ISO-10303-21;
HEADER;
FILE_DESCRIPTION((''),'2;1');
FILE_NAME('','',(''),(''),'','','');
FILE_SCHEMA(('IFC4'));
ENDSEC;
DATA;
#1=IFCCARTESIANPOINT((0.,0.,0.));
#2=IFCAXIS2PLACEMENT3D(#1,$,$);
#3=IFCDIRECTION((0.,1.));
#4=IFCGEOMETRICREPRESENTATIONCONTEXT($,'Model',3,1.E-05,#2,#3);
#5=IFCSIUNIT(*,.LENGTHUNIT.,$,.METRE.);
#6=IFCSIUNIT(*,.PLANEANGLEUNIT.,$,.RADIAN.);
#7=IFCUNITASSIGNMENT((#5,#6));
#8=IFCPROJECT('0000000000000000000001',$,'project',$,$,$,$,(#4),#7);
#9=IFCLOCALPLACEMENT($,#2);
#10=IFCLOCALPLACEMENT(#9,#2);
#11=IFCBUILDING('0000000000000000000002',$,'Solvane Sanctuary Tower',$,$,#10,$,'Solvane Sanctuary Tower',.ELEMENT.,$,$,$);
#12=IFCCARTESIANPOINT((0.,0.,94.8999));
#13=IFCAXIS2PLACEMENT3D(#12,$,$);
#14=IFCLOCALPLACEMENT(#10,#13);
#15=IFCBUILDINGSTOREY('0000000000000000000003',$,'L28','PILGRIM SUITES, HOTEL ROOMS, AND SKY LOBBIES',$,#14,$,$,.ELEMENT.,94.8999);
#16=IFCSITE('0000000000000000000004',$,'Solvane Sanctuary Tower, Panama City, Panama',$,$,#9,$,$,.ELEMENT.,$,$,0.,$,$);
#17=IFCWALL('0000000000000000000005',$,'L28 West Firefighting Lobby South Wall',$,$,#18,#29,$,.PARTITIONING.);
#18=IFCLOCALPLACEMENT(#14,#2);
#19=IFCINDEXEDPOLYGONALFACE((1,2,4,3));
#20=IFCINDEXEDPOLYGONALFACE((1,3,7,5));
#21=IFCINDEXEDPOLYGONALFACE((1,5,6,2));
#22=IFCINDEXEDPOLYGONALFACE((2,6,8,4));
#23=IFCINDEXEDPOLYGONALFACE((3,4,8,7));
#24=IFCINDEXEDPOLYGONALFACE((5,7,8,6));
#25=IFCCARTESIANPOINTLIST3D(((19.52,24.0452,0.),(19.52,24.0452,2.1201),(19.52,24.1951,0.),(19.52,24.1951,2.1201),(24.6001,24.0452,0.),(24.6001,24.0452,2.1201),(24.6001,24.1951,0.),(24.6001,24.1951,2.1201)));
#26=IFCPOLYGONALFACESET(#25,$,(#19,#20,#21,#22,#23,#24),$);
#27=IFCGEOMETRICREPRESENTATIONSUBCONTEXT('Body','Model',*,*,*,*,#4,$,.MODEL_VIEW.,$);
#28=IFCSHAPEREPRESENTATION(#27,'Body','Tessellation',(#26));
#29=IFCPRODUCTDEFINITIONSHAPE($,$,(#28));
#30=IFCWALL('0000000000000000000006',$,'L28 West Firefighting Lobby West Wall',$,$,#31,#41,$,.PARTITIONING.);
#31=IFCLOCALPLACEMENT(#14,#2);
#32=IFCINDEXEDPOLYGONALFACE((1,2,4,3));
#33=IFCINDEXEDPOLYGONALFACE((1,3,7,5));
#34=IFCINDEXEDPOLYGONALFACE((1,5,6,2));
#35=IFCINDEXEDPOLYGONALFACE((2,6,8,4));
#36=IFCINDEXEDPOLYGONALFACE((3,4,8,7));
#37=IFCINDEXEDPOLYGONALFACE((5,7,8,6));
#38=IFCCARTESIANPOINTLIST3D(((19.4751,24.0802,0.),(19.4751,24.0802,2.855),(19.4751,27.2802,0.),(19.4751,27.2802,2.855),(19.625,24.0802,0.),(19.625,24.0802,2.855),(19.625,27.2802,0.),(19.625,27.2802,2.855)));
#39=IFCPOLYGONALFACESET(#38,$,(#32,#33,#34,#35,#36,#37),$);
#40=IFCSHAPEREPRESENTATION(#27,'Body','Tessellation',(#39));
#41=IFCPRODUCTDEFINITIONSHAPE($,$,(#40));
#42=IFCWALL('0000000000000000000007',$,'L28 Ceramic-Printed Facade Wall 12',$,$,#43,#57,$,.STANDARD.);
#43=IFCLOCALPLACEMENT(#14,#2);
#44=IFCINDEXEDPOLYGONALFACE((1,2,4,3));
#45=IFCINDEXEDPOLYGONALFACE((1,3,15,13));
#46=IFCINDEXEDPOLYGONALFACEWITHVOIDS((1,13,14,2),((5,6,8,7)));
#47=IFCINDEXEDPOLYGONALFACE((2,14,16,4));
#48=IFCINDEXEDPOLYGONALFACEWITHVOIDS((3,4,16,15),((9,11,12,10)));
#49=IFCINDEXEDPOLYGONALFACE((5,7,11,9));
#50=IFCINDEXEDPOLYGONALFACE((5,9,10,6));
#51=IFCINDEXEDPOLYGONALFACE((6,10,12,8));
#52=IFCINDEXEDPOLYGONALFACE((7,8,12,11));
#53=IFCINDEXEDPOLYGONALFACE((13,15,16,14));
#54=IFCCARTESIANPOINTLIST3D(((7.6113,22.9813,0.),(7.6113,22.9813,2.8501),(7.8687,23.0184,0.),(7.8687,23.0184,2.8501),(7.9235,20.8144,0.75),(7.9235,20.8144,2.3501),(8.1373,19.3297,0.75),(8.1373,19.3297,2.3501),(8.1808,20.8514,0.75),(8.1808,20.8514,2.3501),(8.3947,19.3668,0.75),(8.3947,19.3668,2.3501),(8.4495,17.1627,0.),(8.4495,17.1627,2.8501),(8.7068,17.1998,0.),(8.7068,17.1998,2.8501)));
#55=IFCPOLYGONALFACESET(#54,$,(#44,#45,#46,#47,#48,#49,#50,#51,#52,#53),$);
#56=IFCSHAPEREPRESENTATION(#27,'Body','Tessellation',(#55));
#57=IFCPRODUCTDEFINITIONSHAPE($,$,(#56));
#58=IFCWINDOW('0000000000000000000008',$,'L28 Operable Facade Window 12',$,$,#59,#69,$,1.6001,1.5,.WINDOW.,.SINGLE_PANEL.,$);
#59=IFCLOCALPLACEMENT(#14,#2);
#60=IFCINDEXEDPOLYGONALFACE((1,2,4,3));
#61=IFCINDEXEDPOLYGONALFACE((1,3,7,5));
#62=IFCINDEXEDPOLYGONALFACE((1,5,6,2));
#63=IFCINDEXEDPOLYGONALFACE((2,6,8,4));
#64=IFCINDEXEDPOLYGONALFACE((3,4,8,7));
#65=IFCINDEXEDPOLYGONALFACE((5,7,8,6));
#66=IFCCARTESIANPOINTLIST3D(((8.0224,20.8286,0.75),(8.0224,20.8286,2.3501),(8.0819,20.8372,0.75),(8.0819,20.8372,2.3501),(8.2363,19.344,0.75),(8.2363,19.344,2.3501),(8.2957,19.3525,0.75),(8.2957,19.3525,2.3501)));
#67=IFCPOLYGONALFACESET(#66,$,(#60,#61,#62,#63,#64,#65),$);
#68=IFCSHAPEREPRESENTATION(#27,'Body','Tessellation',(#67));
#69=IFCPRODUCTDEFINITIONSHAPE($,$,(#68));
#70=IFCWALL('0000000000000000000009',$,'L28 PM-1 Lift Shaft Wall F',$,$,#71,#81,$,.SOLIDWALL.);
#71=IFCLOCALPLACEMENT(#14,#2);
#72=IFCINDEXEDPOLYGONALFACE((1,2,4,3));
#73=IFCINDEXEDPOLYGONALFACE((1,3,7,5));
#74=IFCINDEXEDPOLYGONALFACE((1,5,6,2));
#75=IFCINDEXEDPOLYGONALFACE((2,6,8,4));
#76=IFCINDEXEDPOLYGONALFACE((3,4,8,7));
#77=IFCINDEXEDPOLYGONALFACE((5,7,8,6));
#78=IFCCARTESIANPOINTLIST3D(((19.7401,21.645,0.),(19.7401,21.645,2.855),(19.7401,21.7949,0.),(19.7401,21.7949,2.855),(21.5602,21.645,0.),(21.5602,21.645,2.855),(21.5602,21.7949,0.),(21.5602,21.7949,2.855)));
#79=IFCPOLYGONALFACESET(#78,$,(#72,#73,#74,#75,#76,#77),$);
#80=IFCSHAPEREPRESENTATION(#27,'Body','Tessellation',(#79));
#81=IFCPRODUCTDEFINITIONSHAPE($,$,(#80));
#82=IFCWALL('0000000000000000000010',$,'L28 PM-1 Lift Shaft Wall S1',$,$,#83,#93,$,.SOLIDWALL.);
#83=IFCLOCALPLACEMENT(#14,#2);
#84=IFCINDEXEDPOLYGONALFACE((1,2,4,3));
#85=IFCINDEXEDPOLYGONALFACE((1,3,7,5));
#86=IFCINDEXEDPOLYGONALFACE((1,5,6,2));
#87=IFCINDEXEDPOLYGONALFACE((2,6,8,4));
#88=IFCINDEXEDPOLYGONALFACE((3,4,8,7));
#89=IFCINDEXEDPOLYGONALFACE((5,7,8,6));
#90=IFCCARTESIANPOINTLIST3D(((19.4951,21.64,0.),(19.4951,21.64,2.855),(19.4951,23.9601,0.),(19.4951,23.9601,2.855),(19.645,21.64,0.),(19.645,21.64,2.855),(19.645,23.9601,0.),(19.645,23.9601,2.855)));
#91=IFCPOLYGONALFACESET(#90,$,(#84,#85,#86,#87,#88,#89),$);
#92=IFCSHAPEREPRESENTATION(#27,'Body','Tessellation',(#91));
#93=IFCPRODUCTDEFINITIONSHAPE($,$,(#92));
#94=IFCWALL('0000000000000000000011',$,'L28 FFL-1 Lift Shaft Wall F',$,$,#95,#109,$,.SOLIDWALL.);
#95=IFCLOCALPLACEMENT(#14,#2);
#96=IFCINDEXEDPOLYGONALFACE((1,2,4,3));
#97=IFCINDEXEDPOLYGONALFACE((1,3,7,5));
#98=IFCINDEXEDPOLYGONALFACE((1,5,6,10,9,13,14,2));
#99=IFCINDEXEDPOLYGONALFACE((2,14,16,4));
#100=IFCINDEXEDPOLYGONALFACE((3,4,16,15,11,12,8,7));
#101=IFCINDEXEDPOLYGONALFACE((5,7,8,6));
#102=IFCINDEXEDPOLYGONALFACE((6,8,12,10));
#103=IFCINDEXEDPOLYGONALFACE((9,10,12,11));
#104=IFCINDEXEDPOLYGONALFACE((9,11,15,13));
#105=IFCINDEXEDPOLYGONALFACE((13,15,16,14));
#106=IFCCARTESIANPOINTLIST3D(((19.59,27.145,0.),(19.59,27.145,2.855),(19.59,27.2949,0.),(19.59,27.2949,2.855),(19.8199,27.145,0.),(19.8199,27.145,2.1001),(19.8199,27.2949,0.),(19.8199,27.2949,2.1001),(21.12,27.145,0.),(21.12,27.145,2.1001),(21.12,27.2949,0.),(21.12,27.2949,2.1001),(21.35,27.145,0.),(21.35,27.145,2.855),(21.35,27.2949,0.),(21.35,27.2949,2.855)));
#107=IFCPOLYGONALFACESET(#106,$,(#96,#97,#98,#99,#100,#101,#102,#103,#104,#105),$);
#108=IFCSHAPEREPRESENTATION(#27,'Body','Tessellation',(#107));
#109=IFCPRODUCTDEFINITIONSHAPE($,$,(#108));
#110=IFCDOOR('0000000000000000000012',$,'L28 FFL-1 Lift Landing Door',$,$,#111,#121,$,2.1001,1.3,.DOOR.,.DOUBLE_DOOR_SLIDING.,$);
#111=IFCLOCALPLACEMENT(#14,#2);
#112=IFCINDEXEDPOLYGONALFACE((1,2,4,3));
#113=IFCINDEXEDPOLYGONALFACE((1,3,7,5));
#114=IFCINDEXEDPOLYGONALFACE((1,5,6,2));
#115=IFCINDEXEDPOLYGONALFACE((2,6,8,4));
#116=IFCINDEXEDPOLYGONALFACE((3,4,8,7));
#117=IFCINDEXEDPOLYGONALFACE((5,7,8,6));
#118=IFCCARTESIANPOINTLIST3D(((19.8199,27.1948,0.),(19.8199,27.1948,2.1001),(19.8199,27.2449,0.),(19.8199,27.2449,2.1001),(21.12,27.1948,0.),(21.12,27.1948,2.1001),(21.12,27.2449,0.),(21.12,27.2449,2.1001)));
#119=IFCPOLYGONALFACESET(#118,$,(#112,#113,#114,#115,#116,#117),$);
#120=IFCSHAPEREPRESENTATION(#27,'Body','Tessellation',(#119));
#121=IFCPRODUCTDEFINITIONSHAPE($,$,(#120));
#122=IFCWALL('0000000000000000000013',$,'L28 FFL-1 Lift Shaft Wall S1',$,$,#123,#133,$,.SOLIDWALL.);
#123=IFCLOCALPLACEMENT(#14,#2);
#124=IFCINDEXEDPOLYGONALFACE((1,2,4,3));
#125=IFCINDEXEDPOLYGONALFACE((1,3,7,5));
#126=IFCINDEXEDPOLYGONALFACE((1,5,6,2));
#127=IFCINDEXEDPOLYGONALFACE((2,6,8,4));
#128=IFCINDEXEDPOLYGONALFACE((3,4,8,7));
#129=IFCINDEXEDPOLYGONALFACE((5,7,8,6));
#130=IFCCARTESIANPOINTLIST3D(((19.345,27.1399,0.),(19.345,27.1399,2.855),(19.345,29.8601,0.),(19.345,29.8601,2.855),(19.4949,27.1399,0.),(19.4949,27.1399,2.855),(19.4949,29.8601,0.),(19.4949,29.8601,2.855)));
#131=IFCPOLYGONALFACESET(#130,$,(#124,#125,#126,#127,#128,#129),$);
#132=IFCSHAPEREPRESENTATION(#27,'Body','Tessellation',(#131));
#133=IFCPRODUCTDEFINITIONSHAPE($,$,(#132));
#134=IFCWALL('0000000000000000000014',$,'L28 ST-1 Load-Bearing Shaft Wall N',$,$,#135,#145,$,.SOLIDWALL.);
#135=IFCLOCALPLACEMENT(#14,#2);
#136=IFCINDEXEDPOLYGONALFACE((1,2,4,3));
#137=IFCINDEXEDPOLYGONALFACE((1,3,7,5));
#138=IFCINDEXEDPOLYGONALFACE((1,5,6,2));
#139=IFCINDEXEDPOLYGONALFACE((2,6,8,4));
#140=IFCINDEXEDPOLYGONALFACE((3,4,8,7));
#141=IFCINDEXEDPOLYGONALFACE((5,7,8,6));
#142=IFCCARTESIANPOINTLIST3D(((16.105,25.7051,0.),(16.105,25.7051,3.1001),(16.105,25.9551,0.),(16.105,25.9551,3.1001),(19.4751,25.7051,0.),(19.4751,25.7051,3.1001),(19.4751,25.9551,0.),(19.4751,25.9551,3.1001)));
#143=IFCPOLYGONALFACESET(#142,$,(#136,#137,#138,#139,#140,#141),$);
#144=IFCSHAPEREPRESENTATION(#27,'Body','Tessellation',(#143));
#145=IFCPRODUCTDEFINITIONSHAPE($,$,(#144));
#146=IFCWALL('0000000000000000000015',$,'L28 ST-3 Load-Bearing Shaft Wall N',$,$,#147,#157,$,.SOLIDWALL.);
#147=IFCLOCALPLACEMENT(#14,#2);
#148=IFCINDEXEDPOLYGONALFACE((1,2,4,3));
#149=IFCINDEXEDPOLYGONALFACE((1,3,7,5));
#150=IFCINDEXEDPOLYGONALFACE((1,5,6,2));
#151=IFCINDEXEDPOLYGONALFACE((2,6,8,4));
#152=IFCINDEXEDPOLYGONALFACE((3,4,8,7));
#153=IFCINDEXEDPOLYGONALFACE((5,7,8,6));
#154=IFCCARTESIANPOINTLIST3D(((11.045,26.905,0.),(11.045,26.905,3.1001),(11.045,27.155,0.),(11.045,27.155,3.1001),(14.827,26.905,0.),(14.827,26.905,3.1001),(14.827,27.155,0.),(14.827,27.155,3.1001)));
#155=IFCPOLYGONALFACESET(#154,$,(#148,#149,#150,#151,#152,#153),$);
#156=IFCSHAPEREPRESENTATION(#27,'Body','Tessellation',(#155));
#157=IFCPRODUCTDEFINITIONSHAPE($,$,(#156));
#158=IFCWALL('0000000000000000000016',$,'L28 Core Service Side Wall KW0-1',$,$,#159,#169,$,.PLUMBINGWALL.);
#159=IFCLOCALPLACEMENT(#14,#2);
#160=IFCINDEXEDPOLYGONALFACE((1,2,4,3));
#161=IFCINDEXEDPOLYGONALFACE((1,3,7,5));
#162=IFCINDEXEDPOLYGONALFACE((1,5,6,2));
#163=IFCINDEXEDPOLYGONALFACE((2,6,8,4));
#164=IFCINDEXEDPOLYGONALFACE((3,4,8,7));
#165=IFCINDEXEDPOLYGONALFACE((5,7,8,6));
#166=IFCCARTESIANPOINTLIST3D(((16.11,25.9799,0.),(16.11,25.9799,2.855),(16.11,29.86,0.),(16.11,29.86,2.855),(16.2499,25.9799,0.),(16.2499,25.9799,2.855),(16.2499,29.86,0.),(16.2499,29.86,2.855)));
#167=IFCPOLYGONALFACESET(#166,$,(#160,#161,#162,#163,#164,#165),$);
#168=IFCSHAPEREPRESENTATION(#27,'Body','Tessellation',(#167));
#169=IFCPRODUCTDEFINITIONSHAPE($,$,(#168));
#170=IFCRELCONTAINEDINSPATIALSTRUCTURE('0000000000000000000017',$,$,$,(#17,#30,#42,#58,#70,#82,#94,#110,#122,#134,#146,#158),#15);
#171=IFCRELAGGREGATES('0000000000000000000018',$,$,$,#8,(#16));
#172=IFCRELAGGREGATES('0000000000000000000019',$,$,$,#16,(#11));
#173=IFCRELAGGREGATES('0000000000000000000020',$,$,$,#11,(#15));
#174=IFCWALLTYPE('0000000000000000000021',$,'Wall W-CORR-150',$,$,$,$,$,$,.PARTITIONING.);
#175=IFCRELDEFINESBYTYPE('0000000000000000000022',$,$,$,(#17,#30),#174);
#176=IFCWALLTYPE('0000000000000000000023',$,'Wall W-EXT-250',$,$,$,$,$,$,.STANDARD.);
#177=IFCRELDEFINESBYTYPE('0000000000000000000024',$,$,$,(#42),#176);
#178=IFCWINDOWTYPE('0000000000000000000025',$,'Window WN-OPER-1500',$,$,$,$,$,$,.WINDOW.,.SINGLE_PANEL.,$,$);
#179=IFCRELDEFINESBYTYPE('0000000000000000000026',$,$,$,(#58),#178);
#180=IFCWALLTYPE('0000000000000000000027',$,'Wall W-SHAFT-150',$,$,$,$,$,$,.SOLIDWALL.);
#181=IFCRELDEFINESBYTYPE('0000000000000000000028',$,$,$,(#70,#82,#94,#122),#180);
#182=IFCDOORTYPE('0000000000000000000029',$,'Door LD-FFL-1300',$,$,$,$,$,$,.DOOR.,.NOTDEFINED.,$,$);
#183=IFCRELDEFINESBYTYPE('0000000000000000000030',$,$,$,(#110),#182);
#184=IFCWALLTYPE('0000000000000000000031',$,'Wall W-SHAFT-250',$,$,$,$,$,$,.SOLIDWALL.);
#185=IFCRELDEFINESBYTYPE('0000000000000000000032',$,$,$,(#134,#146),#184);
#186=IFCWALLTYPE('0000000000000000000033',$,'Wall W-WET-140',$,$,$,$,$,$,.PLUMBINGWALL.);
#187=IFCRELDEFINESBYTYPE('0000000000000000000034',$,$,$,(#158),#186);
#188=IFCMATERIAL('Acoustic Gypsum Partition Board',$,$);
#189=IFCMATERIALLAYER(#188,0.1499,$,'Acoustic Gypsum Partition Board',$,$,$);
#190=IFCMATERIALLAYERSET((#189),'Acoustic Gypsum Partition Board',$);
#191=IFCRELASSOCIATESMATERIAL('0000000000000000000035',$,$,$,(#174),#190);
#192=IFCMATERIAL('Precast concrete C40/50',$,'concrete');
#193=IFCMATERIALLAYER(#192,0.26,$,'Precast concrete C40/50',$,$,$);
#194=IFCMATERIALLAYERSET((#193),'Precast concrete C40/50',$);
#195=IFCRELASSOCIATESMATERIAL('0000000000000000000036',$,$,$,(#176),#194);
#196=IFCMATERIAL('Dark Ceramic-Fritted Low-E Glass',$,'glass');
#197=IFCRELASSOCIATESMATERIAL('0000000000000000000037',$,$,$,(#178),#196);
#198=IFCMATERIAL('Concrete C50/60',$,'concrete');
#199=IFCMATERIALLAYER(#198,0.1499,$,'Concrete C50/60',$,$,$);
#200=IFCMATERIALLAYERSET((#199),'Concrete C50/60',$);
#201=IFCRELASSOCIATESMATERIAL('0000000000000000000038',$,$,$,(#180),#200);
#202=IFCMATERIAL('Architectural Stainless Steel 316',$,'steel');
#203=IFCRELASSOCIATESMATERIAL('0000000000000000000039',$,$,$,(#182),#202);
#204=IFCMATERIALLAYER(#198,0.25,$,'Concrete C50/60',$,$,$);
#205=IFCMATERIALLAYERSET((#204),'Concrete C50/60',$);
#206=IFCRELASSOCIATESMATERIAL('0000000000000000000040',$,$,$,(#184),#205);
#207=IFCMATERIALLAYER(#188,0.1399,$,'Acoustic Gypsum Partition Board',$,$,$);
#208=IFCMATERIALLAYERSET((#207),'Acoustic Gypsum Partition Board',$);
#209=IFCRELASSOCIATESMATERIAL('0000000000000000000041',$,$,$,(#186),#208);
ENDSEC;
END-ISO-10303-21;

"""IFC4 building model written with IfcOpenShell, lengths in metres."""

from ifc_helpers import new_model, si_unit, direction, frame, frame_2d, origin, place, context, subcontext, project, spatial, rectangle, extrude, material, layer, layer_set, type_object, element, fill, save


model = new_model("IFC4")

# Units and contexts
model_context = context("Model", 3, precision=1e-05, world=origin(), true_north=direction((0.0, 1.0)))
body_context = subcontext(model_context, "Body", "Model", "MODEL_VIEW")
ifc_project = project(units=[si_unit("LENGTHUNIT", "METRE"), si_unit("PLANEANGLEUNIT", "RADIAN")], contexts=[model_context])

# Site, building, storey
site_placement = place(None, origin())
site = spatial("IfcSite", under=ifc_project, at=site_placement, Name="Solvane Sanctuary Tower, Panama City, Panama", CompositionType="ELEMENT", RefElevation=0.0)
building_placement = place(site_placement, origin())
building = spatial("IfcBuilding", under=site, at=building_placement, Name="Solvane Sanctuary Tower", LongName="Solvane Sanctuary Tower", CompositionType="ELEMENT")
storey_placement = place(building_placement, frame((0.0, 0.0, 94.8999)))
storey = spatial("IfcBuildingStorey", under=building, at=storey_placement, Name="L28", Description="PILGRIM SUITES, HOTEL ROOMS, AND SKY LOBBIES", CompositionType="ELEMENT", Elevation=94.8999)

# Walls
ifc_material_1 = material(Name="Acoustic Gypsum Partition Board")
ifc_layer_1 = layer(ifc_material_1, 0.1499, Name="Acoustic Gypsum Partition Board")
ifc_layer_set_1 = layer_set([ifc_layer_1], Name="Acoustic Gypsum Partition Board")
wall_type_1 = type_object("IfcWallType", Name="Wall W-CORR-150", PredefinedType="PARTITIONING", material=ifc_layer_set_1)
wall_1_placement = place(storey_placement, frame((19.52, 24.1201, 0.0), z_axis=(0.0, 0.0, 1.0), x_axis=(1.0, 0.0, 0.0)))
element("IfcWall", 1, at=wall_1_placement, inside=storey, type_object=wall_type_1, Name="L28 West Firefighting Lobby South Wall", PredefinedType="PARTITIONING", context=body_context, shape_type="SweptSolid", body=[
    extrude(rectangle(XDim=5.0801, YDim=0.1499, at=frame_2d((2.54, 0.0))), origin(), (0.0, 0.0, 1.0), 2.1201),
])
wall_2_placement = place(storey_placement, frame((19.55, 24.0801, 0.0), z_axis=(0.0, 0.0, 1.0), x_axis=(0.0, 1.0, 0.0)))
element("IfcWall", 2, at=wall_2_placement, inside=storey, type_object=wall_type_1, Name="L28 West Firefighting Lobby West Wall", PredefinedType="PARTITIONING", context=body_context, shape_type="SweptSolid", body=[
    extrude(rectangle(XDim=3.2, YDim=0.1499, at=frame_2d((1.6001, 0.0))), origin(), (0.0, 0.0, 1.0), 2.855),
])

# Wall, opening, window
ifc_material_2 = material(Name="Precast concrete C40/50", Category="concrete")
ifc_layer_2 = layer(ifc_material_2, 0.26, Name="Precast concrete C40/50")
ifc_layer_set_2 = layer_set([ifc_layer_2], Name="Precast concrete C40/50")
wall_type_2 = type_object("IfcWallType", Name="Wall W-EXT-250", PredefinedType="STANDARD", material=ifc_layer_set_2)
wall_3_placement = place(storey_placement, frame((7.74, 23.0, 0.0), z_axis=(0.0, 0.0, 1.0), x_axis=(0.142572, -0.989784, 0.0)))
wall_3 = element("IfcWall", 3, at=wall_3_placement, inside=storey, type_object=wall_type_2, Name="L28 Ceramic-Printed Facade Wall 12", PredefinedType="STANDARD", context=body_context, shape_type="SweptSolid", body=[
    extrude(rectangle(XDim=5.8787, YDim=0.26, at=frame_2d((2.9395, 0.0))), origin(), (0.0, 0.0, 1.0), 2.8501),
])
opening_1_placement = place(wall_3_placement, frame((2.1895, 0.0, 0.75)))
opening_1 = element("IfcOpeningElement", 4, at=opening_1_placement, cuts=wall_3, PredefinedType="OPENING", context=body_context, shape_type="SweptSolid", body=[
    extrude(rectangle(XDim=1.5, YDim=1.6001, at=frame_2d((0.75, 0.8))), frame((0.0, 0.1399, 0.0), z_axis=(0.0, -1.0, 0.0), x_axis=(1.0, 0.0, 0.0)), (0.0, 0.0, 1.0), 0.28),
])
ifc_material_3 = material(Name="Dark Ceramic-Fritted Low-E Glass", Category="glass")
window_type = type_object("IfcWindowType", Name="Window WN-OPER-1500", PartitioningType="SINGLE_PANEL", PredefinedType="WINDOW", material=ifc_material_3)
window_placement = place(opening_1_placement, origin())
window = element("IfcWindow", 5, at=window_placement, inside=storey, type_object=window_type, Name="L28 Operable Facade Window 12", OverallHeight=1.6001, OverallWidth=1.5, PartitioningType="SINGLE_PANEL", PredefinedType="WINDOW", context=body_context, shape_type="SweptSolid", body=[
    extrude(rectangle(XDim=1.5, YDim=1.6001, at=frame_2d((0.75, 0.8))), frame((0.0, 0.03, 0.0), z_axis=(0.0, -1.0, 0.0), x_axis=(1.0, 0.0, 0.0)), (0.0, 0.0, 1.0), 0.0601),
])
fill(opening_1, window)

# Walls
ifc_material_4 = material(Name="Concrete C50/60", Category="concrete")
ifc_layer_3 = layer(ifc_material_4, 0.1499, Name="Concrete C50/60")
ifc_layer_set_3 = layer_set([ifc_layer_3], Name="Concrete C50/60")
wall_type_3 = type_object("IfcWallType", Name="Wall W-SHAFT-150", PredefinedType="SOLIDWALL", material=ifc_layer_set_3)
wall_4_placement = place(storey_placement, frame((19.74, 21.72, 0.0), z_axis=(0.0, 0.0, 1.0), x_axis=(1.0, 0.0, 0.0)))
element("IfcWall", 6, at=wall_4_placement, inside=storey, type_object=wall_type_3, Name="L28 PM-1 Lift Shaft Wall F", PredefinedType="SOLIDWALL", context=body_context, shape_type="SweptSolid", body=[
    extrude(rectangle(XDim=1.8201, YDim=0.1499, at=frame_2d((0.9102, 0.0))), origin(), (0.0, 0.0, 1.0), 2.855),
])
wall_5_placement = place(storey_placement, frame((19.5701, 21.6399, 0.0), z_axis=(0.0, 0.0, 1.0), x_axis=(0.0, 1.0, 0.0)))
element("IfcWall", 7, at=wall_5_placement, inside=storey, type_object=wall_type_3, Name="L28 PM-1 Lift Shaft Wall S1", PredefinedType="SOLIDWALL", context=body_context, shape_type="SweptSolid", body=[
    extrude(rectangle(XDim=2.3201, YDim=0.1499, at=frame_2d((1.1602, 0.0))), origin(), (0.0, 0.0, 1.0), 2.855),
])

# Wall, opening, door
wall_6_placement = place(storey_placement, frame((19.5901, 27.22, 0.0), z_axis=(0.0, 0.0, 1.0), x_axis=(1.0, 0.0, 0.0)))
wall_6 = element("IfcWall", 8, at=wall_6_placement, inside=storey, type_object=wall_type_3, Name="L28 FFL-1 Lift Shaft Wall F", PredefinedType="SOLIDWALL", context=body_context, shape_type="SweptSolid", body=[
    extrude(rectangle(XDim=1.76, YDim=0.1499, at=frame_2d((0.8799, 0.0))), origin(), (0.0, 0.0, 1.0), 2.855),
])
opening_2_placement = place(wall_6_placement, frame((0.23, 0.0, 0.0)))
opening_2 = element("IfcOpeningElement", 9, at=opening_2_placement, cuts=wall_6, PredefinedType="OPENING", context=body_context, shape_type="SweptSolid", body=[
    extrude(rectangle(XDim=1.3, YDim=2.1001, at=frame_2d((0.6499, 1.05))), frame((0.0, 0.085, 0.0), z_axis=(0.0, -1.0, 0.0), x_axis=(1.0, 0.0, 0.0)), (0.0, 0.0, 1.0), 0.1699),
])
ifc_material_5 = material(Name="Architectural Stainless Steel 316", Category="steel")
door_type = type_object("IfcDoorType", Name="Door LD-FFL-1300", OperationType="NOTDEFINED", PredefinedType="DOOR", material=ifc_material_5)
door_placement = place(opening_2_placement, origin())
door = element("IfcDoor", 10, at=door_placement, inside=storey, type_object=door_type, Name="L28 FFL-1 Lift Landing Door", OperationType="DOUBLE_DOOR_SLIDING", OverallHeight=2.1001, OverallWidth=1.3, PredefinedType="DOOR", context=body_context, shape_type="SweptSolid", body=[
    extrude(rectangle(XDim=1.3, YDim=2.1001, at=frame_2d((0.6499, 1.05))), frame((0.0, 0.0249, 0.0), z_axis=(0.0, -1.0, 0.0), x_axis=(1.0, 0.0, 0.0)), (0.0, 0.0, 1.0), 0.05),
])
fill(opening_2, door)

# Walls
wall_7_placement = place(storey_placement, frame((19.4199, 27.1399, 0.0), z_axis=(0.0, 0.0, 1.0), x_axis=(0.0, 1.0, 0.0)))
element("IfcWall", 11, at=wall_7_placement, inside=storey, type_object=wall_type_3, Name="L28 FFL-1 Lift Shaft Wall S1", PredefinedType="SOLIDWALL", context=body_context, shape_type="SweptSolid", body=[
    extrude(rectangle(XDim=2.7202, YDim=0.1499, at=frame_2d((1.3601, 0.0))), origin(), (0.0, 0.0, 1.0), 2.855),
])
ifc_layer_4 = layer(ifc_material_4, 0.25, Name="Concrete C50/60")
ifc_layer_set_4 = layer_set([ifc_layer_4], Name="Concrete C50/60")
wall_type_4 = type_object("IfcWallType", Name="Wall W-SHAFT-250", PredefinedType="SOLIDWALL", material=ifc_layer_set_4)
wall_8_placement = place(storey_placement, frame((16.105, 25.8301, 0.0), z_axis=(0.0, 0.0, 1.0), x_axis=(1.0, 0.0, 0.0)))
element("IfcWall", 12, at=wall_8_placement, inside=storey, type_object=wall_type_4, Name="L28 ST-1 Load-Bearing Shaft Wall N", PredefinedType="SOLIDWALL", context=body_context, shape_type="SweptSolid", body=[
    extrude(rectangle(XDim=3.3701, YDim=0.25, at=frame_2d((1.6851, 0.0))), origin(), (0.0, 0.0, 1.0), 3.1001),
])
wall_9_placement = place(storey_placement, frame((11.0449, 27.03, 0.0), z_axis=(0.0, 0.0, 1.0), x_axis=(1.0, 0.0, 0.0)))
element("IfcWall", 13, at=wall_9_placement, inside=storey, type_object=wall_type_4, Name="L28 ST-3 Load-Bearing Shaft Wall N", PredefinedType="SOLIDWALL", context=body_context, shape_type="SweptSolid", body=[
    extrude(rectangle(XDim=3.782, YDim=0.25, at=frame_2d((1.8911, 0.0))), origin(), (0.0, 0.0, 1.0), 3.1001),
])
ifc_layer_5 = layer(ifc_material_1, 0.1399, Name="Acoustic Gypsum Partition Board")
ifc_layer_set_5 = layer_set([ifc_layer_5], Name="Acoustic Gypsum Partition Board")
wall_type_5 = type_object("IfcWallType", Name="Wall W-WET-140", PredefinedType="PLUMBINGWALL", material=ifc_layer_set_5)
wall_10_placement = place(storey_placement, frame((16.1799, 25.98, 0.0), z_axis=(0.0, 0.0, 1.0), x_axis=(0.0, 1.0, 0.0)))
element("IfcWall", 14, at=wall_10_placement, inside=storey, type_object=wall_type_5, Name="L28 Core Service Side Wall KW0-1", PredefinedType="PLUMBINGWALL", context=body_context, shape_type="SweptSolid", body=[
    extrude(rectangle(XDim=3.8801, YDim=0.1399, at=frame_2d((1.9399, 0.0))), origin(), (0.0, 0.0, 1.0), 2.855),
])

save(model, "model.ifc")
